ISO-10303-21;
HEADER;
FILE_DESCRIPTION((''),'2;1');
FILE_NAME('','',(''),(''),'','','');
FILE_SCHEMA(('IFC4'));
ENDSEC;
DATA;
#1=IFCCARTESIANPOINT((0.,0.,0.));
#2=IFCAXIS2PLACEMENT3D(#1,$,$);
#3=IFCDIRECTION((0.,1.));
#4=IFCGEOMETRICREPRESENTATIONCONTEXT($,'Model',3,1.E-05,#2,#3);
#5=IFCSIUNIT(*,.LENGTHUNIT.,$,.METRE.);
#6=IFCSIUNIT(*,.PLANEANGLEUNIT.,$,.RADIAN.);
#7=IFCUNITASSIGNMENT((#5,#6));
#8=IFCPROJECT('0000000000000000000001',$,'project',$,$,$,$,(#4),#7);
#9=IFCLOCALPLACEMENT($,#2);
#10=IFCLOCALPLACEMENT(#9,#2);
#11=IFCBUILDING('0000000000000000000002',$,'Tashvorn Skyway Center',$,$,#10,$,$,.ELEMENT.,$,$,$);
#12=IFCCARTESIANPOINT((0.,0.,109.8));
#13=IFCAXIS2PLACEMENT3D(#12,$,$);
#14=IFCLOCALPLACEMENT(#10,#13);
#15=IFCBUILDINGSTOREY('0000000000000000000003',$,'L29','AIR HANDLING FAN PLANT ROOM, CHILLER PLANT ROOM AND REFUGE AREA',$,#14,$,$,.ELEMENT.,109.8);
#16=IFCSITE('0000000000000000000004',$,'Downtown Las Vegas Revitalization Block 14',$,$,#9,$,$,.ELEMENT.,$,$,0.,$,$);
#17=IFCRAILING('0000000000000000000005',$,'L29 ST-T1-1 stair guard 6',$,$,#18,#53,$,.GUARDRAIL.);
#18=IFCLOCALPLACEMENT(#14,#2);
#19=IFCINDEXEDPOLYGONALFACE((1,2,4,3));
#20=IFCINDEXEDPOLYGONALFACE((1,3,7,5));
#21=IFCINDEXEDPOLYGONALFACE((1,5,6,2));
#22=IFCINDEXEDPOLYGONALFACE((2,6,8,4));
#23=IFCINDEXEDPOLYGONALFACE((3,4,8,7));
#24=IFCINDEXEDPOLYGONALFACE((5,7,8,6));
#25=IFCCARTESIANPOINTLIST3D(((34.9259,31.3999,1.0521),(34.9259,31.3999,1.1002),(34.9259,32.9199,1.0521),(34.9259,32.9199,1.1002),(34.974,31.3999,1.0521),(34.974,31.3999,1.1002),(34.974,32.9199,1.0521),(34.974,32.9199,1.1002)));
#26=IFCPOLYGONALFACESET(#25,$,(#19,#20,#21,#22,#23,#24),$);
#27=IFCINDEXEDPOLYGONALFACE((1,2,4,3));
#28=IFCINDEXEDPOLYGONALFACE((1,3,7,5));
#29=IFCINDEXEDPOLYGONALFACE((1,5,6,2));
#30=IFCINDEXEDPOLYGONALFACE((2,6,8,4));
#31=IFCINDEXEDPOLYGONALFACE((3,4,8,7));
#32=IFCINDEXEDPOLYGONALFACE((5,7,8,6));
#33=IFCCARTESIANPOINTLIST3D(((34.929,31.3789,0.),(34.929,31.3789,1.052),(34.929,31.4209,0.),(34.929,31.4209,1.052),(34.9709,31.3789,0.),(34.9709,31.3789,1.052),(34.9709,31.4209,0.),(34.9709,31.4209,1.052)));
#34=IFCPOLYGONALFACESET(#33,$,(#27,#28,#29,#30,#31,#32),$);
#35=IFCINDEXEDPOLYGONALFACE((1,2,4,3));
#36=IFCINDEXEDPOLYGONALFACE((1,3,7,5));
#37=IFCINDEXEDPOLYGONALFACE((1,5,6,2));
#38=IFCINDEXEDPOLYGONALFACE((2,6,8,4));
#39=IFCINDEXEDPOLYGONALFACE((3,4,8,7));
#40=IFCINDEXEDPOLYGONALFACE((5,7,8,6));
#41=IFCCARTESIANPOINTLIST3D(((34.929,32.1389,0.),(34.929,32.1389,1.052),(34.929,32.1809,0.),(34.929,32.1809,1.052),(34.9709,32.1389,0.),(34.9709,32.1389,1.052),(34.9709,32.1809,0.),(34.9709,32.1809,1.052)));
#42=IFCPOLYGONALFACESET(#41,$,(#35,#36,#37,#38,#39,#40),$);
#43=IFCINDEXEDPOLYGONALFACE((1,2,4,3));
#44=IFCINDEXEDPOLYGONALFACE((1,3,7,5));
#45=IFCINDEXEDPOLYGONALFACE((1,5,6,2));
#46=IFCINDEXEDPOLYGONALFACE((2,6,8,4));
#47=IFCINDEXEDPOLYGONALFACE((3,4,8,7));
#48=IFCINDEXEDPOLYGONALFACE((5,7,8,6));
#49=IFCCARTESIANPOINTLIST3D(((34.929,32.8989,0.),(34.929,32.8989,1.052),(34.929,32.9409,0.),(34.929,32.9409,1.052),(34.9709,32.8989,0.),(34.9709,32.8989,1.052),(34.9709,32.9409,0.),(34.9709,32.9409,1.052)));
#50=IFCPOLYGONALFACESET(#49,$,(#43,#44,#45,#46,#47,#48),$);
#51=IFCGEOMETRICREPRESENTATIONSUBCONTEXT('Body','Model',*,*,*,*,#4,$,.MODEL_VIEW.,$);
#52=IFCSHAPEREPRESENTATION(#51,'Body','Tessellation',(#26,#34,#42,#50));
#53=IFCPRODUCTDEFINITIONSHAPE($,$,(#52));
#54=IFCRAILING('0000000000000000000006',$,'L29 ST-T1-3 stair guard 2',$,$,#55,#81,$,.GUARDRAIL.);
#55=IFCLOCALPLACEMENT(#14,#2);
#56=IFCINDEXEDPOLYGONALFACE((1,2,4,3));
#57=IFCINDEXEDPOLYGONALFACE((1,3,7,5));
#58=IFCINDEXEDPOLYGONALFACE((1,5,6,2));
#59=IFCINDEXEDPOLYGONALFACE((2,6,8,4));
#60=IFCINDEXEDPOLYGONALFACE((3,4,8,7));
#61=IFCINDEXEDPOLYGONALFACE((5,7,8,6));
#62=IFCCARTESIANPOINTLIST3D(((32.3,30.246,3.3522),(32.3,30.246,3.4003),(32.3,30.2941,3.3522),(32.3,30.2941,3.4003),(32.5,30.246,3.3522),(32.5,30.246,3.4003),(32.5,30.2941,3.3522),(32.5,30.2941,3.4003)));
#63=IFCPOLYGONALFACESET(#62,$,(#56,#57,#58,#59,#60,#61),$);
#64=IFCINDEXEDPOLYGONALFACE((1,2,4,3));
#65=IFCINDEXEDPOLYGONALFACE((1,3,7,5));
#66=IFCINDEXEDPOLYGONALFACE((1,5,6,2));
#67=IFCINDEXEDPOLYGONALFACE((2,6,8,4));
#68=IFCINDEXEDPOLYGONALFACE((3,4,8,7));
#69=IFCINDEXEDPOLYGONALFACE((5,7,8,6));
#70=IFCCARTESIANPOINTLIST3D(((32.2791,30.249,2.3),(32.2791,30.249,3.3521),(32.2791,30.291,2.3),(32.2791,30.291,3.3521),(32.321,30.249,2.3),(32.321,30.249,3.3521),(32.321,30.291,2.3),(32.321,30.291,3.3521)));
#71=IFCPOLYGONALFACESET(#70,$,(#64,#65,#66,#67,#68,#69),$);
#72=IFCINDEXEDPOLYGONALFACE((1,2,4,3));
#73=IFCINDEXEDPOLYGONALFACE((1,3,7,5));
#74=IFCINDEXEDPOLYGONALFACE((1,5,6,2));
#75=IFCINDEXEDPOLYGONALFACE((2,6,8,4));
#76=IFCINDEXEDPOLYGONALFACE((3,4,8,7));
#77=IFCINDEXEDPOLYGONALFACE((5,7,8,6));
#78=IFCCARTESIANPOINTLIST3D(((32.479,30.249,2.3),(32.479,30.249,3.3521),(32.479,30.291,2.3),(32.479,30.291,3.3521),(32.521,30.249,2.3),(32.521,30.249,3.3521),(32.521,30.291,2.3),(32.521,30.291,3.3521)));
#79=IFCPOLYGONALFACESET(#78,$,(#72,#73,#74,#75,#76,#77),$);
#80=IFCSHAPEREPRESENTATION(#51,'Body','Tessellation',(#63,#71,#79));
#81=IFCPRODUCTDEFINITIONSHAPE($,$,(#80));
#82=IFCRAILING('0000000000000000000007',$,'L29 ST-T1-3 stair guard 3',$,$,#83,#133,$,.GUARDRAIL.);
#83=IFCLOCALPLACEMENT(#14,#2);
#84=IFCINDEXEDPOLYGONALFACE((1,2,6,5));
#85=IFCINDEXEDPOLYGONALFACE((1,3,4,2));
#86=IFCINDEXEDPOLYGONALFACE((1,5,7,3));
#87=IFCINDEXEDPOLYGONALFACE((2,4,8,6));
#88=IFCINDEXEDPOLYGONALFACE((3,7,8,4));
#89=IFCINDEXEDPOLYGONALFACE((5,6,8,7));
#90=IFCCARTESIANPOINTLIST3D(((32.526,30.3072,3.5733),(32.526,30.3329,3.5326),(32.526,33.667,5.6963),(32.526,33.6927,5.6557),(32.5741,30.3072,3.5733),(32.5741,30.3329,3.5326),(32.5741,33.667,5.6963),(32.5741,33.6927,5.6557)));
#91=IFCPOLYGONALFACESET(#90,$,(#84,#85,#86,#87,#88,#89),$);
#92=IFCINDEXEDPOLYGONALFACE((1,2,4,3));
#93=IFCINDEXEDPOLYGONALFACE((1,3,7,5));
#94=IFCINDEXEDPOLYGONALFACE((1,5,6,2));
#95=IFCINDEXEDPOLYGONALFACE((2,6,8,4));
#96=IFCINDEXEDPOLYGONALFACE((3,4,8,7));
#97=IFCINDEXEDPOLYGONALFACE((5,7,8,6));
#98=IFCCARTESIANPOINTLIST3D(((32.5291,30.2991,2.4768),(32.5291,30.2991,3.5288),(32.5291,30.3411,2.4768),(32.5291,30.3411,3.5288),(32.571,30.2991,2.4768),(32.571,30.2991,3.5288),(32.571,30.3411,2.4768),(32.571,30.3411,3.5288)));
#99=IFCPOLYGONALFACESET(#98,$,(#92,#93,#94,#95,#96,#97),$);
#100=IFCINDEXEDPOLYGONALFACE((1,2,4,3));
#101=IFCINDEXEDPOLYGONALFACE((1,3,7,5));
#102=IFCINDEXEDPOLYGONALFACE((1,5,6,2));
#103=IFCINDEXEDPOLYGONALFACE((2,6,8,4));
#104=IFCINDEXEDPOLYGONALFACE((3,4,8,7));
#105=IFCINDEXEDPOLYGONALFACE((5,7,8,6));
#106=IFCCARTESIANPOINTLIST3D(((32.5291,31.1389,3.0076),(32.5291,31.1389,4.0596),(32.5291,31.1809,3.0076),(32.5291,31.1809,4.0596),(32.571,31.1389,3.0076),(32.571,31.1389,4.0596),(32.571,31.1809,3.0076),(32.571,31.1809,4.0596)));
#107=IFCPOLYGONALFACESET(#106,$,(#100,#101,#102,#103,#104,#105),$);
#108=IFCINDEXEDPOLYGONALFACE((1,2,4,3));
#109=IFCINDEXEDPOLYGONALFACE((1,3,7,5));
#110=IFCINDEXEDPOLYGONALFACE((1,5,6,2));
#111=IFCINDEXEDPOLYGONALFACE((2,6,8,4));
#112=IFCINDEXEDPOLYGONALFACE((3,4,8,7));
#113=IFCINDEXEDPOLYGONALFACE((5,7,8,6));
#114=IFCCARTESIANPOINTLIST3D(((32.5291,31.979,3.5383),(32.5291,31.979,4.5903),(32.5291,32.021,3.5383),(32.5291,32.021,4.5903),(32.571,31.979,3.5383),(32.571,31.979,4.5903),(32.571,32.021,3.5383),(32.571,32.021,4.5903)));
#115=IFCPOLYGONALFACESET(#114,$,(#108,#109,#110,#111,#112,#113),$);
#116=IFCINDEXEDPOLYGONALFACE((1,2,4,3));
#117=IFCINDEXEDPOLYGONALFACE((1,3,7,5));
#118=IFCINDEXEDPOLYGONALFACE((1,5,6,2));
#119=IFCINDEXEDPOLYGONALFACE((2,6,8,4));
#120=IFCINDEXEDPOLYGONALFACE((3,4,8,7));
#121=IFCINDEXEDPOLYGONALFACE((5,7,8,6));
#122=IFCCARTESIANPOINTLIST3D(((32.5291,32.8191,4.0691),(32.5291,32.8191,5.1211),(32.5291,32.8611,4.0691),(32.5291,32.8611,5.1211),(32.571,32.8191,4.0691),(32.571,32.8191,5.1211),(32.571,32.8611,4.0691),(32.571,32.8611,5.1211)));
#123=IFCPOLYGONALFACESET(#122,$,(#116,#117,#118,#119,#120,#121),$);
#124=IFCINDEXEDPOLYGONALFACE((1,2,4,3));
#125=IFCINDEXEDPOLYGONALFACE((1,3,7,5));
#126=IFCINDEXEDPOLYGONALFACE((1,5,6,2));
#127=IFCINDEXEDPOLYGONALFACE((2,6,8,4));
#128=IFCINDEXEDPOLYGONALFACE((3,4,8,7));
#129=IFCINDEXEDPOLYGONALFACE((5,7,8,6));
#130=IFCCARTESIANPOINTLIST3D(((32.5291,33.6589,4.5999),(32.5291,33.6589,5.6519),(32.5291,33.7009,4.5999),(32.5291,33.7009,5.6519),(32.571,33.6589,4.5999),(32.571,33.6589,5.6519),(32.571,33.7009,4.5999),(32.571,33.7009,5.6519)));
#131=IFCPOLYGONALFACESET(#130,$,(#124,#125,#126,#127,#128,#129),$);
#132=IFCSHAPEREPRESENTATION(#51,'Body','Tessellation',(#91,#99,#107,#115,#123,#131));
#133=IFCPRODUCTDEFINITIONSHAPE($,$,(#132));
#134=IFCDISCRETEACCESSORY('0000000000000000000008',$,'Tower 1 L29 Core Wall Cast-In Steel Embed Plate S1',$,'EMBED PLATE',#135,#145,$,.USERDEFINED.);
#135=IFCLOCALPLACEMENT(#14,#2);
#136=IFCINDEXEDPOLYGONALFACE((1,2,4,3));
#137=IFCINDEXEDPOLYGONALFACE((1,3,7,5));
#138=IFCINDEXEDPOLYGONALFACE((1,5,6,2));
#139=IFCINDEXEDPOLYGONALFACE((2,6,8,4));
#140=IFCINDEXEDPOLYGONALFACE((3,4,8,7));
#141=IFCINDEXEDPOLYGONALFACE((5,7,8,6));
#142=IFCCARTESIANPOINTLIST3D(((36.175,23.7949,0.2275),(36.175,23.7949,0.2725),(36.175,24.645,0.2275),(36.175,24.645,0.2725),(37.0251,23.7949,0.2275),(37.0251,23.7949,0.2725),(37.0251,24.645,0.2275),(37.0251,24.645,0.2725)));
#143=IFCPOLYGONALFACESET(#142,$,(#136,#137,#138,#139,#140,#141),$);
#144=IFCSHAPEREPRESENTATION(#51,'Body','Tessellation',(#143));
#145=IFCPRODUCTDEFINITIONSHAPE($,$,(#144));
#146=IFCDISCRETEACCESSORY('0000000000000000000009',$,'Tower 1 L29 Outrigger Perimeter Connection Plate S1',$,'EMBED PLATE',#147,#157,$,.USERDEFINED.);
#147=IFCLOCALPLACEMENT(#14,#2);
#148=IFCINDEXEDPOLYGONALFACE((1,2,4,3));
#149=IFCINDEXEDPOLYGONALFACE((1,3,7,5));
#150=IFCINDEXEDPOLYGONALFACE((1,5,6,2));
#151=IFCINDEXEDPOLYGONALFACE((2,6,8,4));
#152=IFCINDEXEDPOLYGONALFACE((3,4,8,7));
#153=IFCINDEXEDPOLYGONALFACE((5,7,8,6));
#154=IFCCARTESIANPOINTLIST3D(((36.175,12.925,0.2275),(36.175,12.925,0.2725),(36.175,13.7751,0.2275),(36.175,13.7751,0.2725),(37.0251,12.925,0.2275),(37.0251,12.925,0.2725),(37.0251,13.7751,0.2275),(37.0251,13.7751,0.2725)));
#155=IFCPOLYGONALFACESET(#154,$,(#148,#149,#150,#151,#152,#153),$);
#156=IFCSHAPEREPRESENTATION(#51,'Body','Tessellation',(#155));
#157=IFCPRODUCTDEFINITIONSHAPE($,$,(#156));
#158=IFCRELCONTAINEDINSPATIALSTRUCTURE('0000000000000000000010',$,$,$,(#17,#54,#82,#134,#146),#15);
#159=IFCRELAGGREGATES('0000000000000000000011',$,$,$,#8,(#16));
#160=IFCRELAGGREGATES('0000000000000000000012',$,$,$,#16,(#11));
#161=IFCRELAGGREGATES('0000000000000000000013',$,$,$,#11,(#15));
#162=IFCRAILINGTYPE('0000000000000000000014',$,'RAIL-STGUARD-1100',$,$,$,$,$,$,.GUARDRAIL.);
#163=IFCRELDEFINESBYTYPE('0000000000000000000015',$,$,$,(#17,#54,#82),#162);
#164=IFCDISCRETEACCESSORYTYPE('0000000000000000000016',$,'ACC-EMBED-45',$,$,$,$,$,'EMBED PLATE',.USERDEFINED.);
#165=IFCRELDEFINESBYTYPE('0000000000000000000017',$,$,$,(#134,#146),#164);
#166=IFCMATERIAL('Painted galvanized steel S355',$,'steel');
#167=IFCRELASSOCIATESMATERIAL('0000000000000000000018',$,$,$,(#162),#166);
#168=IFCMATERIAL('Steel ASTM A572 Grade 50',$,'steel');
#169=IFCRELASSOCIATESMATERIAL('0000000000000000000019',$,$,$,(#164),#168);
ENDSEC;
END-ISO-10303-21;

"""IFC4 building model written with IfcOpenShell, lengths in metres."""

from ifc_helpers import new_model, si_unit, direction, frame, origin, origin_2d, place, context, subcontext, project, spatial, rectangle, extrude, material, type_object, element, save


model = new_model("IFC4")

# Units and contexts
model_context = context("Model", 3, precision=1e-05, world=origin(), true_north=direction((0.0, 1.0)))
body_context = subcontext(model_context, "Body", "Model", "MODEL_VIEW")
ifc_project = project(units=[si_unit("LENGTHUNIT", "METRE"), si_unit("PLANEANGLEUNIT", "RADIAN")], contexts=[model_context])

# Site, building, storey
site_placement = place(None, origin())
site = spatial("IfcSite", under=ifc_project, at=site_placement, Name="Downtown Las Vegas Revitalization Block 14", CompositionType="ELEMENT", RefElevation=0.0)
building_placement = place(site_placement, origin())
building = spatial("IfcBuilding", under=site, at=building_placement, Name="Tashvorn Skyway Center", CompositionType="ELEMENT")
storey_placement = place(building_placement, frame((0.0, 0.0, 109.8)))
storey = spatial("IfcBuildingStorey", under=building, at=storey_placement, Name="L29", Description="AIR HANDLING FAN PLANT ROOM, CHILLER PLANT ROOM AND REFUGE AREA", CompositionType="ELEMENT", Elevation=109.8)

# Shared definitions
ifc_material_1 = material(Name="Steel ASTM A572 Grade 50", Category="steel")

# Railings
ifc_material_2 = material(Name="Painted galvanized steel S355", Category="steel")
railing_type_1 = type_object("IfcRailingType", Name="RAIL-STGUARD-1100", PredefinedType="GUARDRAIL", material=ifc_material_2)
railing_1_placement = place(storey_placement, frame((34.95, 31.3999, 0.0)))
element("IfcRailing", 1, at=railing_1_placement, inside=storey, type_object=railing_type_1, Name="L29 ST-T1-1 stair guard 6", PredefinedType="GUARDRAIL", context=body_context, shape_type="SweptSolid", body=[
    extrude(rectangle(XDim=0.0481, YDim=0.0481, at=origin_2d()), frame((0.0, 0.0, 1.0762), z_axis=(0.0, 1.0, 0.0), x_axis=(-1.0, 0.0, 0.0)), (0.0, 0.0, 1.0), 1.52),
    extrude(rectangle(XDim=0.042, YDim=0.042, at=origin_2d()), origin(), (0.0, 0.0, 1.0), 1.052),
    extrude(rectangle(XDim=0.042, YDim=0.042, at=origin_2d()), frame((0.0, 0.76, 0.0)), (0.0, 0.0, 1.0), 1.052),
    extrude(rectangle(XDim=0.042, YDim=0.042, at=origin_2d()), frame((0.0, 1.52, 0.0)), (0.0, 0.0, 1.0), 1.052),
])
railing_2_placement = place(storey_placement, frame((32.3, 30.27, 2.3)))
element("IfcRailing", 2, at=railing_2_placement, inside=storey, type_object=railing_type_1, Name="L29 ST-T1-3 stair guard 2", PredefinedType="GUARDRAIL", context=body_context, shape_type="SweptSolid", body=[
    extrude(rectangle(XDim=0.0481, YDim=0.0481, at=origin_2d()), frame((0.0, 0.0, 1.0762), z_axis=(1.0, 0.0, 0.0), x_axis=(0.0, 1.0, 0.0)), (0.0, 0.0, 1.0), 0.2),
    extrude(rectangle(XDim=0.042, YDim=0.042, at=origin_2d()), origin(), (0.0, 0.0, 1.0), 1.052),
    extrude(rectangle(XDim=0.042, YDim=0.042, at=origin_2d()), frame((0.2, 0.0, 0.0)), (0.0, 0.0, 1.0), 1.052),
])
railing_3_placement = place(storey_placement, frame((32.55, 30.3201, 2.4768)))
element("IfcRailing", 3, at=railing_3_placement, inside=storey, type_object=railing_type_1, Name="L29 ST-T1-3 stair guard 3", PredefinedType="GUARDRAIL", context=body_context, shape_type="SweptSolid", body=[
    extrude(rectangle(XDim=0.0481, YDim=0.0481, at=origin_2d()), frame((0.0, 0.0, 1.0762), z_axis=(0.0, 0.845372, 0.534178), x_axis=(-1.0, 0.0, 0.0)), (0.0, 0.0, 1.0), 3.9744),
    extrude(rectangle(XDim=0.042, YDim=0.042, at=origin_2d()), origin(), (0.0, 0.0, 1.0), 1.052),
    extrude(rectangle(XDim=0.042, YDim=0.042, at=origin_2d()), frame((0.0, 0.8398, 0.5308)), (0.0, 0.0, 1.0), 1.052),
    extrude(rectangle(XDim=0.042, YDim=0.042, at=origin_2d()), frame((0.0, 1.6799, 1.0615)), (0.0, 0.0, 1.0), 1.052),
    extrude(rectangle(XDim=0.042, YDim=0.042, at=origin_2d()), frame((0.0, 2.52, 1.5923)), (0.0, 0.0, 1.0), 1.052),
    extrude(rectangle(XDim=0.042, YDim=0.042, at=origin_2d()), frame((0.0, 3.3599, 2.123)), (0.0, 0.0, 1.0), 1.052),
])

# Discrete accessories
discrete_accessory_type = type_object("IfcDiscreteAccessoryType", Name="ACC-EMBED-45", ElementType="EMBED PLATE", PredefinedType="USERDEFINED", material=ifc_material_1)
for number, where, z_axis, x_axis, name in (
    (4, (36.6001, 24.22, 0.2275), (0.0, 0.0, 1.0), (1.0, 0.0, 0.0), "Tower 1 L29 Core Wall Cast-In Steel Embed Plate S1"),
    (5, (36.6001, 13.3501, 0.2275), (0.0, 0.0, 1.0), (1.0, 0.0, 0.0), "Tower 1 L29 Outrigger Perimeter Connection Plate S1"),
):
    element("IfcDiscreteAccessory", number, at=place(storey_placement, frame(where, z_axis=z_axis, x_axis=x_axis)), inside=storey, type_object=discrete_accessory_type, Name=name, ObjectType="EMBED PLATE", PredefinedType="USERDEFINED", context=body_context, shape_type="SweptSolid", body=[
        extrude(rectangle(XDim=0.8501, YDim=0.8501, at=origin_2d()), origin(), (0.0, 0.0, 1.0), 0.0449),
    ])

save(model, "model.ifc")
